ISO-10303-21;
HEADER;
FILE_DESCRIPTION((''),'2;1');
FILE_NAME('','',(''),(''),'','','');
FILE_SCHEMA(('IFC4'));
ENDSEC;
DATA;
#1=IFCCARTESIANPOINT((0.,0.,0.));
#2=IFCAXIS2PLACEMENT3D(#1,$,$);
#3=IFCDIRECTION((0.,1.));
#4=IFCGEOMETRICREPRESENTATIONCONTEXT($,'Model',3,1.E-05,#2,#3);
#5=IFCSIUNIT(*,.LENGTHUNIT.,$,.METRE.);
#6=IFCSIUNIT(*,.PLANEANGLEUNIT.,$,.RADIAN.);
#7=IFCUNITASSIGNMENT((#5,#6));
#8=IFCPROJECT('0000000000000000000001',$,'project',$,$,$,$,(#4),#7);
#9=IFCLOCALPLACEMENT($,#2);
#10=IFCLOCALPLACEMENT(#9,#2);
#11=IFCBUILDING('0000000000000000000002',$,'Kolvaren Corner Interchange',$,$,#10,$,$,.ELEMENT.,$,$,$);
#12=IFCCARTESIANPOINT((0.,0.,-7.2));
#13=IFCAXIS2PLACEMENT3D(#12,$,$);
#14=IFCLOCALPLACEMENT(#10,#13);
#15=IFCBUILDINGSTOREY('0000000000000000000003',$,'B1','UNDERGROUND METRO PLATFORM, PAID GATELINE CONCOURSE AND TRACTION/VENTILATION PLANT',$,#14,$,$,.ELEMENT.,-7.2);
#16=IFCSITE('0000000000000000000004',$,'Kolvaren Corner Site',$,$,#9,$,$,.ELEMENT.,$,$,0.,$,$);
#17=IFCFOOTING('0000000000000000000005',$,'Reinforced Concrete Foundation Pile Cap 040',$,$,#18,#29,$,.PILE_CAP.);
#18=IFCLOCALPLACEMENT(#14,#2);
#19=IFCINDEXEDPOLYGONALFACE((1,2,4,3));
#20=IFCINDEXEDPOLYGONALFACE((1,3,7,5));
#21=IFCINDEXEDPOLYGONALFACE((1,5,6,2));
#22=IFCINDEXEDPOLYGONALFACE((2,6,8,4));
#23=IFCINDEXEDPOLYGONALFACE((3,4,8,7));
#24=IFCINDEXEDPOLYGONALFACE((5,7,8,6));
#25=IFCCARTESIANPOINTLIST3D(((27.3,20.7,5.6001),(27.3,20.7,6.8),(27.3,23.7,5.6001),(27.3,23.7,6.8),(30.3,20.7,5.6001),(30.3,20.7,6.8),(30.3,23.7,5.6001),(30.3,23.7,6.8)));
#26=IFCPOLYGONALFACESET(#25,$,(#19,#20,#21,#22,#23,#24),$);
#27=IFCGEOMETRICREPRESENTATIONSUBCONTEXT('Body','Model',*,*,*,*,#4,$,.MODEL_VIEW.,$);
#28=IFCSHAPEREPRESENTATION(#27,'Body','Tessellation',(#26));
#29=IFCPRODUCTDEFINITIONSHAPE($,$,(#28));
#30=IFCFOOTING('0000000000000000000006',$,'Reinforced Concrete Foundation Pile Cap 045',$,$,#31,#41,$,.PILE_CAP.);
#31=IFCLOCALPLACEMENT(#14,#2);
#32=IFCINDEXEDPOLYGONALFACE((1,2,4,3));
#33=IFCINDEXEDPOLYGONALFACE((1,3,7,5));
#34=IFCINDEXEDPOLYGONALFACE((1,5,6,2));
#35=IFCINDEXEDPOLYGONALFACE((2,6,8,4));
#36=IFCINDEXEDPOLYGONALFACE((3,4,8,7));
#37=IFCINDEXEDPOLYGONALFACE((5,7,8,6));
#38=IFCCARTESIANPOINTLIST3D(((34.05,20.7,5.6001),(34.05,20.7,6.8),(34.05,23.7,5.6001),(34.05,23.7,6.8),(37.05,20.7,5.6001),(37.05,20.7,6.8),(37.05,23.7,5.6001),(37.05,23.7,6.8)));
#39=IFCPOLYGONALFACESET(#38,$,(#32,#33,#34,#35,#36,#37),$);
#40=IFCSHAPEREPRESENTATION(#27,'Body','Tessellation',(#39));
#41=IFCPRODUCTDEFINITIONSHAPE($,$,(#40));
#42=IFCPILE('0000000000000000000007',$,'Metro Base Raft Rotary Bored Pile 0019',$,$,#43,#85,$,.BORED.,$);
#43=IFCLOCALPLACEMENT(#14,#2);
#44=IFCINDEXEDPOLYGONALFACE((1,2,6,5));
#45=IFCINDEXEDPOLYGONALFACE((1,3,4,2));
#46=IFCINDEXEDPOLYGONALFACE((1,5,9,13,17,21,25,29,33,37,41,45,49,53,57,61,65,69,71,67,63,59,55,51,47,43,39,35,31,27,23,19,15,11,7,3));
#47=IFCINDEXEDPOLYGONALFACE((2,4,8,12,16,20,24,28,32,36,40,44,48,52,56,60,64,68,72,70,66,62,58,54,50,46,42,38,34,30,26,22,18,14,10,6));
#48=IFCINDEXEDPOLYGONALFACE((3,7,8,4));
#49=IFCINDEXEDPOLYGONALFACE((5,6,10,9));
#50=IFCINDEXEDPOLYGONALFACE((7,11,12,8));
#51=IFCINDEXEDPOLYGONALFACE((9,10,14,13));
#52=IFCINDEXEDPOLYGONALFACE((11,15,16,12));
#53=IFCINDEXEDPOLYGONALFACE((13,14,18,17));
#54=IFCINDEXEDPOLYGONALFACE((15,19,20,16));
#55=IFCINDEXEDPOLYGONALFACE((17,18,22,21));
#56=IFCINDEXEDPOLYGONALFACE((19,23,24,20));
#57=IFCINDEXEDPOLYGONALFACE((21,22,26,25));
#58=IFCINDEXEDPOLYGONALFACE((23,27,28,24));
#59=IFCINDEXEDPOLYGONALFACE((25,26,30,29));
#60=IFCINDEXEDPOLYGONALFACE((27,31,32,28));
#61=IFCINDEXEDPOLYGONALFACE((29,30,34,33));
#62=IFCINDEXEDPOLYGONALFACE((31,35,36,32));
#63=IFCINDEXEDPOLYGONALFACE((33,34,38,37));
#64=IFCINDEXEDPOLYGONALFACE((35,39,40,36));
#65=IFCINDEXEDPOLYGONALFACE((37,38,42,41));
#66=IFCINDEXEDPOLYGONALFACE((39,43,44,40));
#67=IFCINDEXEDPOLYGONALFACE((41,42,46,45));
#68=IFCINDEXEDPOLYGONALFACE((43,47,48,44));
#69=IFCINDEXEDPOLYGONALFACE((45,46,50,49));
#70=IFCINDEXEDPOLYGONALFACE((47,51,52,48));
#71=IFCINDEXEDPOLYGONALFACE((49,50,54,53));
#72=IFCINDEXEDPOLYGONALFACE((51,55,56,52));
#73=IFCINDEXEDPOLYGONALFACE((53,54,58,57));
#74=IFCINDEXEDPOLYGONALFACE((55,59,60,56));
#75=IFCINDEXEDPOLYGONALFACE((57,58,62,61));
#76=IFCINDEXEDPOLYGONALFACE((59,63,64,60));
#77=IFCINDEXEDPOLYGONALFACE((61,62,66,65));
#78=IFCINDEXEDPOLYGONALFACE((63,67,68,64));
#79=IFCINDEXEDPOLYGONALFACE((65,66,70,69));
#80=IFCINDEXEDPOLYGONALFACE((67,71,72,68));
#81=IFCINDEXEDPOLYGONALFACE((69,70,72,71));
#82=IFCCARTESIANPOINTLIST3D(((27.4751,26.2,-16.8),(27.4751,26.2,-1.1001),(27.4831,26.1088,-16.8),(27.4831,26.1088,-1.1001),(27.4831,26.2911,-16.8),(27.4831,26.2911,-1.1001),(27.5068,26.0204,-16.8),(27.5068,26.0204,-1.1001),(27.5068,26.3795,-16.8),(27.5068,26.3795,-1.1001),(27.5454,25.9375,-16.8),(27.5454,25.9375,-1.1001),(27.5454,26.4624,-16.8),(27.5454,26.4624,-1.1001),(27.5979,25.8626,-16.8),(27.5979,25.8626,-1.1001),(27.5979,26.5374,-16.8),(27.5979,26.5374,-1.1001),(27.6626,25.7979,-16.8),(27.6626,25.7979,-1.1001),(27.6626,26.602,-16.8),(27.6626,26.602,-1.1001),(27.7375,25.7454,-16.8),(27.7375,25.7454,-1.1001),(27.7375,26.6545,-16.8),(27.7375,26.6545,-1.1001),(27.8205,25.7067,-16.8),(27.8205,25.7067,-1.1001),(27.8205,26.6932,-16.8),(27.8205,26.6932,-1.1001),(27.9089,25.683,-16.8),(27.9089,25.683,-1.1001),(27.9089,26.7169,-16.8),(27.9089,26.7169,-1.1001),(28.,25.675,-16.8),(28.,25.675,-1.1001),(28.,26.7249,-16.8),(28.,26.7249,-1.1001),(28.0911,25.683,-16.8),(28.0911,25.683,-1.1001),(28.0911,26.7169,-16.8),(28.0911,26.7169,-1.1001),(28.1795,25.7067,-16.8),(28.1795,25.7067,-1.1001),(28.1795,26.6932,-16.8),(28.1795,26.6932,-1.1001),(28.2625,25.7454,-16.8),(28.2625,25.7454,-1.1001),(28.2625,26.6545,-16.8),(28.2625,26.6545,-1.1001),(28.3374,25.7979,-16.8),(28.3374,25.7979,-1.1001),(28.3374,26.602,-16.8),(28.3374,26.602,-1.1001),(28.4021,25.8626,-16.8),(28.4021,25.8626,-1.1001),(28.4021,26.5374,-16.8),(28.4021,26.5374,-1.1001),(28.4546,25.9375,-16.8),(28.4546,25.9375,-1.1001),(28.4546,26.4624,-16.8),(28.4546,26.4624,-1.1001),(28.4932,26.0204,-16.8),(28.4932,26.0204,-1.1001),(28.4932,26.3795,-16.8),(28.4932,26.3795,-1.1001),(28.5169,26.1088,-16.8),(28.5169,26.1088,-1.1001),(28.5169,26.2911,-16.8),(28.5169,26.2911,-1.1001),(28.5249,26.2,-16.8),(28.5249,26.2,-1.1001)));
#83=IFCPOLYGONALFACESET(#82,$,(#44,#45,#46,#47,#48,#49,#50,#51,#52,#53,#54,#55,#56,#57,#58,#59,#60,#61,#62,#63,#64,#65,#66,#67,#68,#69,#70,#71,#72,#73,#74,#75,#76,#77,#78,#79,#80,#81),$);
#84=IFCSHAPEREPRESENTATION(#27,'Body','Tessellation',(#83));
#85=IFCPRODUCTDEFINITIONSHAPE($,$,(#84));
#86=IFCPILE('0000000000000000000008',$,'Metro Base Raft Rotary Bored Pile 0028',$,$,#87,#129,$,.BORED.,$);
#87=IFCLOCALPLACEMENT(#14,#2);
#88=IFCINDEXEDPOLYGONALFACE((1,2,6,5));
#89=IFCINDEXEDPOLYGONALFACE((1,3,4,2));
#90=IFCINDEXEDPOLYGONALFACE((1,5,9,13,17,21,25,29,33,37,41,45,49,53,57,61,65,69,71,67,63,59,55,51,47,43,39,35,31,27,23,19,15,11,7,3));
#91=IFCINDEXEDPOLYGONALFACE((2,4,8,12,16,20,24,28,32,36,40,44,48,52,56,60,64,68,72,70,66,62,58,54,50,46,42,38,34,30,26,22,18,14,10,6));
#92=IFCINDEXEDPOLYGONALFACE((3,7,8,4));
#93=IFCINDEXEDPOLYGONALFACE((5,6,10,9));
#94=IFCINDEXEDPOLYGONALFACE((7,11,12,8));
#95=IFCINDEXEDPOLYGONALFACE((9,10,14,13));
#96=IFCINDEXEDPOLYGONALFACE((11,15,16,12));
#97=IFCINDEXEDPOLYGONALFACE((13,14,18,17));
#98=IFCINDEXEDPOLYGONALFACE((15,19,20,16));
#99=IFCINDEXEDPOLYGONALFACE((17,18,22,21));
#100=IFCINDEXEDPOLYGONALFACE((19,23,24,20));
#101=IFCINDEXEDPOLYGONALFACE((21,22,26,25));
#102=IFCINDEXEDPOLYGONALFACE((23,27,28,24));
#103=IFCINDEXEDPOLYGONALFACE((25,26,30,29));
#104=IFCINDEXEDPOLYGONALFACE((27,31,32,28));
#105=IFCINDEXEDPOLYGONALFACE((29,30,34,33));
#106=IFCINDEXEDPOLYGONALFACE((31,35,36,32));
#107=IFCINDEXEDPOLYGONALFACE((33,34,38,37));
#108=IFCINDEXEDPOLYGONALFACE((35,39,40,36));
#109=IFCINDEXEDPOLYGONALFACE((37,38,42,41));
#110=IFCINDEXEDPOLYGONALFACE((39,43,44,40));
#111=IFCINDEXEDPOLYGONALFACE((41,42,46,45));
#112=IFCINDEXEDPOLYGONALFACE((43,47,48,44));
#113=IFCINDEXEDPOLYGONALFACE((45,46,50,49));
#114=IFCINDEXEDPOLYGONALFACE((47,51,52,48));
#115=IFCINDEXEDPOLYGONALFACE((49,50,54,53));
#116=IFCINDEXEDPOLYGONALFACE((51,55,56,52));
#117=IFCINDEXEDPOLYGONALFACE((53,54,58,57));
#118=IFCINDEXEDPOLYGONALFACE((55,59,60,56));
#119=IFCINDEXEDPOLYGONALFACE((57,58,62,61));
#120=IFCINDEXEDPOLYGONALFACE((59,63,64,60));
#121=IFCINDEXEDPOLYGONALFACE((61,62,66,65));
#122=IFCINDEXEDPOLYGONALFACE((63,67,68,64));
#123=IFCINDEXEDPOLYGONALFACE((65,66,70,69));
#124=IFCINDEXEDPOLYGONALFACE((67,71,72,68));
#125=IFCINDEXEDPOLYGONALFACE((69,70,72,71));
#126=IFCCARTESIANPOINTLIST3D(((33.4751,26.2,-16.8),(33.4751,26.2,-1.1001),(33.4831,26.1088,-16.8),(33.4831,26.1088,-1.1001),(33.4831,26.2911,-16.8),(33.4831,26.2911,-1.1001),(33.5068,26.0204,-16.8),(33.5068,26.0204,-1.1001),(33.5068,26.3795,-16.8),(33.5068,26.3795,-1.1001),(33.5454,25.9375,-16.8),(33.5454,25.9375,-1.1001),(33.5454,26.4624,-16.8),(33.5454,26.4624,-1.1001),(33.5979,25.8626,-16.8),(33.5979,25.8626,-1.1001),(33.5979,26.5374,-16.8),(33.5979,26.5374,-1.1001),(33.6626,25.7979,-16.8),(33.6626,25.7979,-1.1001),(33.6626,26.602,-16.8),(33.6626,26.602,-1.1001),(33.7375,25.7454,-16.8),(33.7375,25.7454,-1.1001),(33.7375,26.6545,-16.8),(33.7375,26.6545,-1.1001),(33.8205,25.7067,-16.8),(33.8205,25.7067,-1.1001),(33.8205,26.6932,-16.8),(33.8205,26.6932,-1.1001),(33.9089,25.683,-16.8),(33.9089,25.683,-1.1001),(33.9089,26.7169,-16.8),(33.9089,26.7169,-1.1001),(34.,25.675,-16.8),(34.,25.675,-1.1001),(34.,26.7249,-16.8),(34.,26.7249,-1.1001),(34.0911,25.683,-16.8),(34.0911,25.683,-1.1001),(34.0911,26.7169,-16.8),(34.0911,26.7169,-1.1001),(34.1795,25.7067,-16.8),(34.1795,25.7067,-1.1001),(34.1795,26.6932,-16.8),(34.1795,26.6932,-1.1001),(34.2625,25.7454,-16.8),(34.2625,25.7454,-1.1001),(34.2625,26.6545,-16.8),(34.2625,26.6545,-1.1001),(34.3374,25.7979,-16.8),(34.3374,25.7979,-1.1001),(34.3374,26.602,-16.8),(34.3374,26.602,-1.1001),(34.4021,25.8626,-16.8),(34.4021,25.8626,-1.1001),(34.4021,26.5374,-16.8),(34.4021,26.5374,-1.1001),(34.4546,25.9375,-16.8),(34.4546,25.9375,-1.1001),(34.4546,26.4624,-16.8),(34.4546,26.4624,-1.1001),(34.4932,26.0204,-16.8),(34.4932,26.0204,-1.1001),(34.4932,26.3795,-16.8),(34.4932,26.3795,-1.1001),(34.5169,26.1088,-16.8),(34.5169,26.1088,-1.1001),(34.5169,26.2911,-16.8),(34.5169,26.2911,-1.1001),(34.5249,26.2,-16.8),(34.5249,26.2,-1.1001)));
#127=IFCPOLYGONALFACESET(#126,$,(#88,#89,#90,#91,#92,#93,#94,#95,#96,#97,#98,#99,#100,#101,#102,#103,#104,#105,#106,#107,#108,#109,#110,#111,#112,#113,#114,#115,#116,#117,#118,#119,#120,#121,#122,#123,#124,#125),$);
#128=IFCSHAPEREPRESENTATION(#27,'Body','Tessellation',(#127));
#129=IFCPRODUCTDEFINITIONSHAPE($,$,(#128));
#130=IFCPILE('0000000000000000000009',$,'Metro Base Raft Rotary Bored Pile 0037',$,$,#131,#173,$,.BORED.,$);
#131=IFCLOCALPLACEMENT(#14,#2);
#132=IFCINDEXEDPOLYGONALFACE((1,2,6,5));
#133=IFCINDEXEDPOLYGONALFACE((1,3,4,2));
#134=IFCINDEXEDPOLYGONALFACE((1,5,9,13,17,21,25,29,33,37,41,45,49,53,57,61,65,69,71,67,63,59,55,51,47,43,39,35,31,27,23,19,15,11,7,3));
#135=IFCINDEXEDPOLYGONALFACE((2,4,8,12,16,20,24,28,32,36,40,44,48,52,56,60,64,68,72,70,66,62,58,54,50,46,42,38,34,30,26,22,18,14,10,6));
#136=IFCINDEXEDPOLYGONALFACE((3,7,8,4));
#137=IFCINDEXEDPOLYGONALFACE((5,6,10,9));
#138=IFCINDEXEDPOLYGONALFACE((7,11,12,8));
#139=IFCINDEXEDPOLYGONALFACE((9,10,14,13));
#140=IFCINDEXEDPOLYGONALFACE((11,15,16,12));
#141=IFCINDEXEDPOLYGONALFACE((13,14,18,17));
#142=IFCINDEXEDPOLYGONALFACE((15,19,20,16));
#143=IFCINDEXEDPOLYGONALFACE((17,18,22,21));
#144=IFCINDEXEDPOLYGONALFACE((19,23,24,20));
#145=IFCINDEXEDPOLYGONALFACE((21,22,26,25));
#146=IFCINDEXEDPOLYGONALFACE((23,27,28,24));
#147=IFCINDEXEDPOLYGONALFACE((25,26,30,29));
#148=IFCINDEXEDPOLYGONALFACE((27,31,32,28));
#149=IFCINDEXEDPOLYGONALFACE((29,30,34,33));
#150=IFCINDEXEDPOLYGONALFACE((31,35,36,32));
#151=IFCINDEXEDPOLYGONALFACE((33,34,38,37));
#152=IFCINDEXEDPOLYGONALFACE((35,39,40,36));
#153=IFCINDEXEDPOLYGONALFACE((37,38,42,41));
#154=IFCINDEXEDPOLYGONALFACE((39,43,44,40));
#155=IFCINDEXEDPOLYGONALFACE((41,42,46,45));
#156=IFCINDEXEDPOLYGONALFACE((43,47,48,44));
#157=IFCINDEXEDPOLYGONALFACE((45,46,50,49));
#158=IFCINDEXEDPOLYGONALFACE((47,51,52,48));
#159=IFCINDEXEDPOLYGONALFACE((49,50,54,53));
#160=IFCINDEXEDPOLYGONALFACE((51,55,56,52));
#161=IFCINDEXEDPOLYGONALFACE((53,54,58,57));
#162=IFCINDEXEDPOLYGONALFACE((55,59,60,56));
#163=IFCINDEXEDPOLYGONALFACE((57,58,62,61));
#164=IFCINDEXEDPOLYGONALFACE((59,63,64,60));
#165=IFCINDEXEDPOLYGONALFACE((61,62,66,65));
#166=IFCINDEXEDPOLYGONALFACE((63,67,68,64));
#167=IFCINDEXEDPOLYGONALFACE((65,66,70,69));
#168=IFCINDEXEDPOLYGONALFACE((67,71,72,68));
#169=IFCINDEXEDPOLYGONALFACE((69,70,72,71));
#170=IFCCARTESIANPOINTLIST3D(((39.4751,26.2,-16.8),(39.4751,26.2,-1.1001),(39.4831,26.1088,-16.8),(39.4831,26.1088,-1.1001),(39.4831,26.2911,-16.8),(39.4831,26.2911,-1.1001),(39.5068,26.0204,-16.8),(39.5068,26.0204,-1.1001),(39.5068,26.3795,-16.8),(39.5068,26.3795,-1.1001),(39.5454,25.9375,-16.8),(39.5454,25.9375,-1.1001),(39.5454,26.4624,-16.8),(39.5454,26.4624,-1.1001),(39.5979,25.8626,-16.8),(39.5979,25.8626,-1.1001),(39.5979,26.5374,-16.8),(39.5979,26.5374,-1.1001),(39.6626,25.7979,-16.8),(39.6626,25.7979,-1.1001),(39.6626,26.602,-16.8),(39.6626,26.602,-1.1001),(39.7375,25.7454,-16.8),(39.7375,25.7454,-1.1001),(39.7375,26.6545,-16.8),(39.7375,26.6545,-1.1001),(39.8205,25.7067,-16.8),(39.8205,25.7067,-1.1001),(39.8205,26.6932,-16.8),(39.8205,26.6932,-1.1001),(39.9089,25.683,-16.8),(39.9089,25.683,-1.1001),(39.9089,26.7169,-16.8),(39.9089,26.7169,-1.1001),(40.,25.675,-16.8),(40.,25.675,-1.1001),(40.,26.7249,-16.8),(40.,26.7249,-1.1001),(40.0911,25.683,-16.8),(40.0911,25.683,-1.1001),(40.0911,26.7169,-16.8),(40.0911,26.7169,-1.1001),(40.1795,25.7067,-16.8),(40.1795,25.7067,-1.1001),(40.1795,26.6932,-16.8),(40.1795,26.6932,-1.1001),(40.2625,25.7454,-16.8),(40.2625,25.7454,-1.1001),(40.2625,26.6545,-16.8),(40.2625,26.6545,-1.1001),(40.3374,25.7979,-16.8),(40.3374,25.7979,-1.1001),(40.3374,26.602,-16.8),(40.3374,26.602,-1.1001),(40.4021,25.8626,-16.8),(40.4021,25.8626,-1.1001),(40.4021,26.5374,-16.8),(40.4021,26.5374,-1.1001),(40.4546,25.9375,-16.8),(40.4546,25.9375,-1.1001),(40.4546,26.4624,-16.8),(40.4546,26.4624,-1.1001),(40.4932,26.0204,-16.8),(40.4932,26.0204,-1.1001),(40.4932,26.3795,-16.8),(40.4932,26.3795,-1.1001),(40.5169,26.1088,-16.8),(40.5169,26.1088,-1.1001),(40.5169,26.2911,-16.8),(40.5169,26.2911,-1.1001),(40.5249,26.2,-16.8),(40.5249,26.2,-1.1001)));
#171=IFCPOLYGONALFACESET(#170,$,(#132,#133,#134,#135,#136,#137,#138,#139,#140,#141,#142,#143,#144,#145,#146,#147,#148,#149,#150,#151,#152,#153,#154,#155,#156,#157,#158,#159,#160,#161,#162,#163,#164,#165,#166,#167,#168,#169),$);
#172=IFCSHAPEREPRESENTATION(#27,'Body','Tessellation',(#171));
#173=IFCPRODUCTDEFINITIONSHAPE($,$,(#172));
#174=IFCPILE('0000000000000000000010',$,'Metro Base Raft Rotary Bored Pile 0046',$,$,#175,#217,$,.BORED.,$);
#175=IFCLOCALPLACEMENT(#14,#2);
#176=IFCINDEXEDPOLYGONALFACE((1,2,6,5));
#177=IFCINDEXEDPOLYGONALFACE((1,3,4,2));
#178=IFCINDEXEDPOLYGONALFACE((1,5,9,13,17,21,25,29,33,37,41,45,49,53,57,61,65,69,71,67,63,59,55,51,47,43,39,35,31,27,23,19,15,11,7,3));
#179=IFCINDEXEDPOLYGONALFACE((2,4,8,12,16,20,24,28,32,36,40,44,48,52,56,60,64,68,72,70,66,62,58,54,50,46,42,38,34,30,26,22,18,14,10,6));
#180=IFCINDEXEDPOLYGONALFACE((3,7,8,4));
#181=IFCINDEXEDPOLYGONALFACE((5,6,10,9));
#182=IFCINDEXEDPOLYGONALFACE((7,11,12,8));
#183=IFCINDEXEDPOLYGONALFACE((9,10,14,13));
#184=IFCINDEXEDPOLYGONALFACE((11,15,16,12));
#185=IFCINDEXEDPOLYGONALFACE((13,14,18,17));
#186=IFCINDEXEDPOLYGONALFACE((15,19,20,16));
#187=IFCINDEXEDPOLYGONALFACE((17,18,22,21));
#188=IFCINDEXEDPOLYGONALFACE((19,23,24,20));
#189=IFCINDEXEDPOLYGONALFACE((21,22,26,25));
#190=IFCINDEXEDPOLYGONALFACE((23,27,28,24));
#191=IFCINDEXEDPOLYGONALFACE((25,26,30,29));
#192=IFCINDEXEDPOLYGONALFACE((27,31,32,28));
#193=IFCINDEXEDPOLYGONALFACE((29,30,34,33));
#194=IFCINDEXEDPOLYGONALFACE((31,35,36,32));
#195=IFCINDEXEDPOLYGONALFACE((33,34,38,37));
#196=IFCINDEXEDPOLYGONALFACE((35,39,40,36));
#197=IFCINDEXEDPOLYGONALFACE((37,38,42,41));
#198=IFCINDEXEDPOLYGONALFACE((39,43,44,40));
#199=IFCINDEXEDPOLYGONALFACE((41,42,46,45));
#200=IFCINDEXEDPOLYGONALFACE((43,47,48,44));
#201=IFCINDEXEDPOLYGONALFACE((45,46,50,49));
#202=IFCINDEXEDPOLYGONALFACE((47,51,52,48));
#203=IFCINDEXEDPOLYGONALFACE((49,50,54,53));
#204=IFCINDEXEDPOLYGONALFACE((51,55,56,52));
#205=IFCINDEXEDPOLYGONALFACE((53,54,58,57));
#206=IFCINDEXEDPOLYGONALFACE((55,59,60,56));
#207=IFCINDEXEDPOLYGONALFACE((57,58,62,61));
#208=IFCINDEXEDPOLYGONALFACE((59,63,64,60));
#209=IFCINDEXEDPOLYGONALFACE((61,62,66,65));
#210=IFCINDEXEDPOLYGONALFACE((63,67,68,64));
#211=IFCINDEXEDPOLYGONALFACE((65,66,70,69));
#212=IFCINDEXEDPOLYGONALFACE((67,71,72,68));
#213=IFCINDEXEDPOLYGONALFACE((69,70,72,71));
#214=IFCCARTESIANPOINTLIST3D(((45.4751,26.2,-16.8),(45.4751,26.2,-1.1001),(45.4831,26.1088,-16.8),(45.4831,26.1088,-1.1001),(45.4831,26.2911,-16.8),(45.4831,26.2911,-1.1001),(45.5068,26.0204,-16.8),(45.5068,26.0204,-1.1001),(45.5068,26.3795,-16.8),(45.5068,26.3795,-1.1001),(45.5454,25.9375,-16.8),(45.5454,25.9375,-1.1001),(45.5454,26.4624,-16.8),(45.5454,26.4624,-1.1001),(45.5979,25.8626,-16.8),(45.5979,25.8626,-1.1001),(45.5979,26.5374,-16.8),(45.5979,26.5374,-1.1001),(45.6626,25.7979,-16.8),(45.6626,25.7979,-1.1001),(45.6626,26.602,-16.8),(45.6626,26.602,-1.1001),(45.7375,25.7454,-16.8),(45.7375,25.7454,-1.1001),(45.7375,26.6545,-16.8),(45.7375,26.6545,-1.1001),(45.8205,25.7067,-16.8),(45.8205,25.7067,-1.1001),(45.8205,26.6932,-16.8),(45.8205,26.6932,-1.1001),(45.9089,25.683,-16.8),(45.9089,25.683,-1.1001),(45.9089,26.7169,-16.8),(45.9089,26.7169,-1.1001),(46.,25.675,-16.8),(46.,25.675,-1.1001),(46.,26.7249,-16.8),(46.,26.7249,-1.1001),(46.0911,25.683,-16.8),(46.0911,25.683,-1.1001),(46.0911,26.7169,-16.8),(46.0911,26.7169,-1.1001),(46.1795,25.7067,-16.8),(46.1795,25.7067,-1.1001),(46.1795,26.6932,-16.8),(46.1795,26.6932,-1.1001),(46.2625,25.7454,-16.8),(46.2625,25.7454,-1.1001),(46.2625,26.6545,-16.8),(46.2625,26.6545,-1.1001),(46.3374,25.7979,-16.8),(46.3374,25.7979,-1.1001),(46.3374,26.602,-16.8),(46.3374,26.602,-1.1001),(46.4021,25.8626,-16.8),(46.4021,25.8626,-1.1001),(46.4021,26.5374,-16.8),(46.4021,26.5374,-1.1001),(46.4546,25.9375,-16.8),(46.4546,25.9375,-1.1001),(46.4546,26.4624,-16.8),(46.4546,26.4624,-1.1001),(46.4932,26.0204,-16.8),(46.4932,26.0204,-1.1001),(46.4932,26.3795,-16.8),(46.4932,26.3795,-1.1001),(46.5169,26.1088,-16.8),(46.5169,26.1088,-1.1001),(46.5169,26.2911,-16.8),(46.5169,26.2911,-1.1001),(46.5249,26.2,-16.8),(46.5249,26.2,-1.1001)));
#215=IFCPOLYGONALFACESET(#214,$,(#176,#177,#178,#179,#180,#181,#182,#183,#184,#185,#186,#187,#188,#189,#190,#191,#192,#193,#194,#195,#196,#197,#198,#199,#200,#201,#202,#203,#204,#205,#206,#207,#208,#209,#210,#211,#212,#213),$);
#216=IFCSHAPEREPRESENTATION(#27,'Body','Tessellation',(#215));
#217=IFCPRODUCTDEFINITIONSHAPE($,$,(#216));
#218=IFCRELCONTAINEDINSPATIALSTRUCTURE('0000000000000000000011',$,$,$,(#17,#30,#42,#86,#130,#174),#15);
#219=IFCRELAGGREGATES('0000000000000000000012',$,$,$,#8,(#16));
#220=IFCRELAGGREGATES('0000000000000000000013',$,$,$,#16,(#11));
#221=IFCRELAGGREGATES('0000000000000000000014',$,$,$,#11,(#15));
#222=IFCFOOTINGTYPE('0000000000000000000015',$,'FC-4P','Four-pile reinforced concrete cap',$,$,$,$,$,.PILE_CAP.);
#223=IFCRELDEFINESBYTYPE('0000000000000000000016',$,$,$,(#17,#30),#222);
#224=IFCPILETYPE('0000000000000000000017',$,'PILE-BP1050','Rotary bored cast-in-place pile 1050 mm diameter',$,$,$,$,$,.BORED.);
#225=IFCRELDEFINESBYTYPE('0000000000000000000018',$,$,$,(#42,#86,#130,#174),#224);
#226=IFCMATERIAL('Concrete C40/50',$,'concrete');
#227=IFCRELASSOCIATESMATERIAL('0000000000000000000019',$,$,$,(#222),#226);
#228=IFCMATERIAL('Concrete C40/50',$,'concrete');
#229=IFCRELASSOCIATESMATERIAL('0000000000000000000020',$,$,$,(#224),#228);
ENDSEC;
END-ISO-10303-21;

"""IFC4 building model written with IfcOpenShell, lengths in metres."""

from ifc_helpers import new_model, si_unit, direction, frame, origin, origin_2d, place, context, subcontext, project, spatial, rectangle, circle, extrude, material, material_profile, profile_set, type_object, element, save


model = new_model("IFC4")

# Units and contexts
model_context = context("Model", 3, precision=1e-05, world=origin(), true_north=direction((0.0, 1.0)))
body_context = subcontext(model_context, "Body", "Model", "MODEL_VIEW")
ifc_project = project(units=[si_unit("LENGTHUNIT", "METRE"), si_unit("PLANEANGLEUNIT", "RADIAN")], contexts=[model_context])

# Site, building, storey
site_placement = place(None, origin())
site = spatial("IfcSite", under=ifc_project, at=site_placement, Name="Kolvaren Corner Site", CompositionType="ELEMENT", RefElevation=0.0)
building_placement = place(site_placement, origin())
building = spatial("IfcBuilding", under=site, at=building_placement, Name="Kolvaren Corner Interchange", CompositionType="ELEMENT")
storey_placement = place(building_placement, frame((0.0, 0.0, -7.2)))
storey = spatial("IfcBuildingStorey", under=building, at=storey_placement, Name="B1", Description="UNDERGROUND METRO PLATFORM, PAID GATELINE CONCOURSE AND TRACTION/VENTILATION PLANT", CompositionType="ELEMENT", Elevation=-7.2)

# Footings
ifc_material_1 = material(Name="Concrete C40/50", Category="concrete")
footing_type = type_object("IfcFootingType", Name="FC-4P", Description="Four-pile reinforced concrete cap", PredefinedType="PILE_CAP", material=ifc_material_1)
for number, where, z_axis, x_axis, name in (
    (1, (28.8, 22.2, 5.6001), (0.0, 0.0, 1.0), (1.0, 0.0, 0.0), "Reinforced Concrete Foundation Pile Cap 040"),
    (2, (35.55, 22.2, 5.6001), (0.0, 0.0, 1.0), (1.0, 0.0, 0.0), "Reinforced Concrete Foundation Pile Cap 045"),
):
    element("IfcFooting", number, at=place(storey_placement, frame(where, z_axis=z_axis, x_axis=x_axis)), inside=storey, type_object=footing_type, Name=name, PredefinedType="PILE_CAP", context=body_context, shape_type="SweptSolid", body=[
        extrude(rectangle(XDim=3.0, YDim=3.0, at=origin_2d()), origin(), (0.0, 0.0, 1.0), 1.2),
    ])

# Piles
ifc_material_2 = material(Name="Concrete C40/50", Category="concrete")
ifc_material_profile_1 = material_profile(ifc_material_2, circle(Radius=0.5249, at=origin_2d()), Name="BORED PILE 1050")
ifc_profile_set_1 = profile_set([ifc_material_profile_1], Name="Concrete C40/50")
pile_type_1 = type_object("IfcPileType", Name="PILE-BP1050", Description="Rotary bored cast-in-place pile 1050 mm diameter", PredefinedType="BORED", material=ifc_profile_set_1)
for number, where, z_axis, x_axis, name in (
    (3, (28.0, 26.2, -1.1001), (0.0, 0.0, -1.0), (1.0, 0.0, 0.0), "Metro Base Raft Rotary Bored Pile 0019"),
    (4, (34.0, 26.2, -1.1001), (0.0, 0.0, -1.0), (1.0, 0.0, 0.0), "Metro Base Raft Rotary Bored Pile 0028"),
    (5, (40.0, 26.2, -1.1001), (0.0, 0.0, -1.0), (1.0, 0.0, 0.0), "Metro Base Raft Rotary Bored Pile 0037"),
    (6, (46.0, 26.2, -1.1001), (0.0, 0.0, -1.0), (1.0, 0.0, 0.0), "Metro Base Raft Rotary Bored Pile 0046"),
):
    element("IfcPile", number, at=place(storey_placement, frame(where, z_axis=z_axis, x_axis=x_axis)), inside=storey, type_object=pile_type_1, Name=name, PredefinedType="BORED", context=body_context, shape_type="SweptSolid", body=[
        extrude(circle(Radius=0.5249, at=origin_2d()), origin(), (0.0, 0.0, 1.0), 15.7),
    ])

save(model, "model.ifc")
